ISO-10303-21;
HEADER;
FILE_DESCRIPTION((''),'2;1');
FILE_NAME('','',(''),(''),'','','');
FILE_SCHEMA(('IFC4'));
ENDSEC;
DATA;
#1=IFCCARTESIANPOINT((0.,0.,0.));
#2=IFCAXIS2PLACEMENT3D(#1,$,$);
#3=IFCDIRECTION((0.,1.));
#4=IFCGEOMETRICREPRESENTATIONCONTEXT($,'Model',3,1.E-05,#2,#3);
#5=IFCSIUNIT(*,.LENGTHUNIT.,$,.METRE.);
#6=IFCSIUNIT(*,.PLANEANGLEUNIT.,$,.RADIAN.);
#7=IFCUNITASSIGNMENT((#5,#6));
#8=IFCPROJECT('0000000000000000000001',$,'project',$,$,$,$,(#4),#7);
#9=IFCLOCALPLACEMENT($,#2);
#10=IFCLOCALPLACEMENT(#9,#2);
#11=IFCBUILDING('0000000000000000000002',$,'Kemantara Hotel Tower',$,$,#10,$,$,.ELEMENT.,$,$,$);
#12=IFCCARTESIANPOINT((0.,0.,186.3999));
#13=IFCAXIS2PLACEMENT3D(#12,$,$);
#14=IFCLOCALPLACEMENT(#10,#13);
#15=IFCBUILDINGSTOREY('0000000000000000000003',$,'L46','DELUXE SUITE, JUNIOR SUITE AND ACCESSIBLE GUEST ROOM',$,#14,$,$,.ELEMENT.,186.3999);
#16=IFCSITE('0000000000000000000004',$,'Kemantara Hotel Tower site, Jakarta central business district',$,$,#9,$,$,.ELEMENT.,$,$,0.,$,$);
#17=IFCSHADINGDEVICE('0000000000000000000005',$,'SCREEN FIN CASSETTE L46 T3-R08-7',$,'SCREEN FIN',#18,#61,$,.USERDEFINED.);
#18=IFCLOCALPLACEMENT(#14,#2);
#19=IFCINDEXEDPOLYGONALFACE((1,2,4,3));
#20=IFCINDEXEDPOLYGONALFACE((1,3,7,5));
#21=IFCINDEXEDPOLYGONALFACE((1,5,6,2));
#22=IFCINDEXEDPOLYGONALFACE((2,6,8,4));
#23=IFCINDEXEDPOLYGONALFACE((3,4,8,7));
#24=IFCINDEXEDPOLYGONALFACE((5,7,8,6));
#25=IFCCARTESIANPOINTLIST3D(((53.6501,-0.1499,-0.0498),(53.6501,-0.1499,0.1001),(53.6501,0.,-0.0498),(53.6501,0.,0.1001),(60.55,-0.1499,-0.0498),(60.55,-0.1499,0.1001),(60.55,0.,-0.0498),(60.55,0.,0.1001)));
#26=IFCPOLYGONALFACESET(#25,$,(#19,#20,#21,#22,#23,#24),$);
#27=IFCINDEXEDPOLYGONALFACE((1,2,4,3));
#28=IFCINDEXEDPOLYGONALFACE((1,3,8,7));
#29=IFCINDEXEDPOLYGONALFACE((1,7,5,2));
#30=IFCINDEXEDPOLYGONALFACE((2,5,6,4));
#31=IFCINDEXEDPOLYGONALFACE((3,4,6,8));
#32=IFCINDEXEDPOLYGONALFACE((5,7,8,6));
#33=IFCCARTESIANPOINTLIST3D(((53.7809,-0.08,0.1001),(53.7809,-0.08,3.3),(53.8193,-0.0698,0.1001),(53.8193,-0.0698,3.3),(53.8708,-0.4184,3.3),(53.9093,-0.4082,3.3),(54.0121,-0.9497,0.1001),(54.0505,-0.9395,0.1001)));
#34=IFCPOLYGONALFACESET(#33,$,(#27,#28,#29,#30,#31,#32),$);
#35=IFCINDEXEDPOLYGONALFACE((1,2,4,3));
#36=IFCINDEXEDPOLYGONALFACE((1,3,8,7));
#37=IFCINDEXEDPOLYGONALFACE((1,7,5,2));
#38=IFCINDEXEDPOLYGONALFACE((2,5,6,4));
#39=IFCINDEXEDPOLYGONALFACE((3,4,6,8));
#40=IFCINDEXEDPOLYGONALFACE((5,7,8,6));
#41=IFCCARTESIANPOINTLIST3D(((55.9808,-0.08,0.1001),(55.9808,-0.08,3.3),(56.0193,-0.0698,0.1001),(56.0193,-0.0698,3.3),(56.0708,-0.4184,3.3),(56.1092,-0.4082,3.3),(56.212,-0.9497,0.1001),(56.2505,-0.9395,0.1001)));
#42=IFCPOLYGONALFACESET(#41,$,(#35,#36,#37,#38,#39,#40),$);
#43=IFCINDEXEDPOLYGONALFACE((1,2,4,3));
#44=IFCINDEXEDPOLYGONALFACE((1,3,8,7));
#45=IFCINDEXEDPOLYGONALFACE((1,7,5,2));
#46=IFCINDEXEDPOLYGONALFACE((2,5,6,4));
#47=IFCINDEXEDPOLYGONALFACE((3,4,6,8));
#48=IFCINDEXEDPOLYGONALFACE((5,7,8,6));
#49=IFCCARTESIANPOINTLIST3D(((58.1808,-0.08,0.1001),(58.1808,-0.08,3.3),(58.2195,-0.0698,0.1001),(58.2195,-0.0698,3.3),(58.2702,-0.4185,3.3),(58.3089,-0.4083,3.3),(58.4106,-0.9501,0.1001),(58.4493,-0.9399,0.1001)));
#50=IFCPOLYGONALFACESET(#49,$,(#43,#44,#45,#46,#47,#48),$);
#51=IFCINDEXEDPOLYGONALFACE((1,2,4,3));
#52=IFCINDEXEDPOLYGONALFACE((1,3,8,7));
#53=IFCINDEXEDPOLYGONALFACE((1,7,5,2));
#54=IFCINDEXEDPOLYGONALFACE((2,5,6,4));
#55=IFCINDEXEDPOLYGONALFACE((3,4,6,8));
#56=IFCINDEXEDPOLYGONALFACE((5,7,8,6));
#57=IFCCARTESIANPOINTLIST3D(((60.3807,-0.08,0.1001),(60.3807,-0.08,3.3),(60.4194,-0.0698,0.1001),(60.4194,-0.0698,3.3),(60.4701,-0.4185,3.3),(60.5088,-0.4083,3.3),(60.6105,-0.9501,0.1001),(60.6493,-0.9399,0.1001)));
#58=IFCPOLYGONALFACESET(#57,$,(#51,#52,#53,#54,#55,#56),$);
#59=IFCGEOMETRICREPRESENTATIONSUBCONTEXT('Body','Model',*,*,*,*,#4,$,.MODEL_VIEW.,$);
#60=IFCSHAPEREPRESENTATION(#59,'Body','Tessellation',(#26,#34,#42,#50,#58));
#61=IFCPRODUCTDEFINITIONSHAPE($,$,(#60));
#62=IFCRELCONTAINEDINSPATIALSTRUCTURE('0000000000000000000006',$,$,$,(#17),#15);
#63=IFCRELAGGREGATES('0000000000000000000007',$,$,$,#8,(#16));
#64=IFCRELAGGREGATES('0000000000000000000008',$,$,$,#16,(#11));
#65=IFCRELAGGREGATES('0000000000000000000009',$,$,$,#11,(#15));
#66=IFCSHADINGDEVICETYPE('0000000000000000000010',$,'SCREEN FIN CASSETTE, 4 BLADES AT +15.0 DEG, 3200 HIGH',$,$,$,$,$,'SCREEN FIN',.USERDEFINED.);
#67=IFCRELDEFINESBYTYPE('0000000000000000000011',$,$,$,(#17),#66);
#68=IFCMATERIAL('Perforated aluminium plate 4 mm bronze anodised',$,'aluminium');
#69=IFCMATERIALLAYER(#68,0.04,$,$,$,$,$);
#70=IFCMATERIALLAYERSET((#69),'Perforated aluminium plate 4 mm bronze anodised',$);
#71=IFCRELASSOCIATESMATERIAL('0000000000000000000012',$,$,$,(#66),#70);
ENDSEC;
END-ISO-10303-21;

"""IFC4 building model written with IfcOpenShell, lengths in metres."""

from ifc_helpers import new_model, si_unit, direction, frame, origin, origin_2d, place, context, subcontext, project, spatial, polyline, rectangle, outline, extrude, source, transform, mapped, material, layer, layer_set, type_object, element, save


model = new_model("IFC4")

# Units and contexts
model_context = context("Model", 3, precision=1e-05, world=origin(), true_north=direction((0.0, 1.0)))
body_context = subcontext(model_context, "Body", "Model", "MODEL_VIEW")
ifc_project = project(units=[si_unit("LENGTHUNIT", "METRE"), si_unit("PLANEANGLEUNIT", "RADIAN")], contexts=[model_context])

# Site, building, storey
site_placement = place(None, origin())
site = spatial("IfcSite", under=ifc_project, at=site_placement, Name="Kemantara Hotel Tower site, Jakarta central business district", CompositionType="ELEMENT", RefElevation=0.0)
building_placement = place(site_placement, origin())
building = spatial("IfcBuilding", under=site, at=building_placement, Name="Kemantara Hotel Tower", CompositionType="ELEMENT")
storey_placement = place(building_placement, frame((0.0, 0.0, 186.3999)))
storey = spatial("IfcBuildingStorey", under=building, at=storey_placement, Name="L46", Description="DELUXE SUITE, JUNIOR SUITE AND ACCESSIBLE GUEST ROOM", CompositionType="ELEMENT", Elevation=186.3999)

# Shading device
ifc_material_1 = material(Name="Perforated aluminium plate 4 mm bronze anodised", Category="aluminium")
ifc_layer_1 = layer(ifc_material_1, 0.04)
ifc_layer_set_1 = layer_set([ifc_layer_1], Name="Perforated aluminium plate 4 mm bronze anodised")
shading_device_type_1 = type_object("IfcShadingDeviceType", Name="SCREEN FIN CASSETTE, 4 BLADES AT +15.0 DEG, 3200 HIGH", ElementType="SCREEN FIN", PredefinedType="USERDEFINED", material=ifc_layer_set_1)
shared_shape_1 = source(origin(), body_context, "Body", "SweptSolid", [
    extrude(rectangle(XDim=6.8999, YDim=0.1499, at=origin_2d()), frame((3.3, -0.075, -0.1499), z_axis=(0.0, 0.0, 1.0), x_axis=(1.0, 0.0, 0.0)), (0.0, 0.0, 1.0), 0.1499),
    extrude(outline(polyline([(0.0, 0.0), (0.8999, 0.0), (0.3501, 3.2), (0.0, 3.2), (0.0, 0.0)])), frame((0.0193, -0.0698, 0.0), z_axis=(-0.966438, -0.256901, 0.0), x_axis=(0.256901, -0.966438, 0.0)), (0.0, 0.0, 1.0), 0.0398),
    extrude(outline(polyline([(0.0, 0.0), (0.8999, 0.0), (0.3501, 3.2), (0.0, 3.2), (0.0, 0.0)])), frame((2.2192, -0.0698, 0.0), z_axis=(-0.966438, -0.256901, 0.0), x_axis=(0.256901, -0.966438, 0.0)), (0.0, 0.0, 1.0), 0.0398),
    extrude(outline(polyline([(0.0, 0.0), (0.8999, 0.0), (0.3501, 3.2), (0.0, 3.2), (0.0, 0.0)])), frame((4.4194, -0.0698, 0.0), z_axis=(-0.966838, -0.255391, 0.0), x_axis=(0.255391, -0.966838, 0.0)), (0.0, 0.0, 1.0), 0.04),
    extrude(outline(polyline([(0.0, 0.0), (0.8999, 0.0), (0.3501, 3.2), (0.0, 3.2), (0.0, 0.0)])), frame((6.6194, -0.0698, 0.0), z_axis=(-0.966838, -0.255391, 0.0), x_axis=(0.255391, -0.966838, 0.0)), (0.0, 0.0, 1.0), 0.04),
])
shading_device_1_placement = place(storey_placement, frame((53.8, 0.0, 0.1001), z_axis=(0.0, 0.0, 1.0), x_axis=(1.0, 0.0, 0.0)))
element("IfcShadingDevice", 1, at=shading_device_1_placement, inside=storey, type_object=shading_device_type_1, Name="SCREEN FIN CASSETTE L46 T3-R08-7", ObjectType="SCREEN FIN", PredefinedType="USERDEFINED", context=body_context, shape_type="MappedRepresentation", body=[
    mapped(shared_shape_1, transform((0.0, 0.0, 0.0))),
])

save(model, "model.ifc")
